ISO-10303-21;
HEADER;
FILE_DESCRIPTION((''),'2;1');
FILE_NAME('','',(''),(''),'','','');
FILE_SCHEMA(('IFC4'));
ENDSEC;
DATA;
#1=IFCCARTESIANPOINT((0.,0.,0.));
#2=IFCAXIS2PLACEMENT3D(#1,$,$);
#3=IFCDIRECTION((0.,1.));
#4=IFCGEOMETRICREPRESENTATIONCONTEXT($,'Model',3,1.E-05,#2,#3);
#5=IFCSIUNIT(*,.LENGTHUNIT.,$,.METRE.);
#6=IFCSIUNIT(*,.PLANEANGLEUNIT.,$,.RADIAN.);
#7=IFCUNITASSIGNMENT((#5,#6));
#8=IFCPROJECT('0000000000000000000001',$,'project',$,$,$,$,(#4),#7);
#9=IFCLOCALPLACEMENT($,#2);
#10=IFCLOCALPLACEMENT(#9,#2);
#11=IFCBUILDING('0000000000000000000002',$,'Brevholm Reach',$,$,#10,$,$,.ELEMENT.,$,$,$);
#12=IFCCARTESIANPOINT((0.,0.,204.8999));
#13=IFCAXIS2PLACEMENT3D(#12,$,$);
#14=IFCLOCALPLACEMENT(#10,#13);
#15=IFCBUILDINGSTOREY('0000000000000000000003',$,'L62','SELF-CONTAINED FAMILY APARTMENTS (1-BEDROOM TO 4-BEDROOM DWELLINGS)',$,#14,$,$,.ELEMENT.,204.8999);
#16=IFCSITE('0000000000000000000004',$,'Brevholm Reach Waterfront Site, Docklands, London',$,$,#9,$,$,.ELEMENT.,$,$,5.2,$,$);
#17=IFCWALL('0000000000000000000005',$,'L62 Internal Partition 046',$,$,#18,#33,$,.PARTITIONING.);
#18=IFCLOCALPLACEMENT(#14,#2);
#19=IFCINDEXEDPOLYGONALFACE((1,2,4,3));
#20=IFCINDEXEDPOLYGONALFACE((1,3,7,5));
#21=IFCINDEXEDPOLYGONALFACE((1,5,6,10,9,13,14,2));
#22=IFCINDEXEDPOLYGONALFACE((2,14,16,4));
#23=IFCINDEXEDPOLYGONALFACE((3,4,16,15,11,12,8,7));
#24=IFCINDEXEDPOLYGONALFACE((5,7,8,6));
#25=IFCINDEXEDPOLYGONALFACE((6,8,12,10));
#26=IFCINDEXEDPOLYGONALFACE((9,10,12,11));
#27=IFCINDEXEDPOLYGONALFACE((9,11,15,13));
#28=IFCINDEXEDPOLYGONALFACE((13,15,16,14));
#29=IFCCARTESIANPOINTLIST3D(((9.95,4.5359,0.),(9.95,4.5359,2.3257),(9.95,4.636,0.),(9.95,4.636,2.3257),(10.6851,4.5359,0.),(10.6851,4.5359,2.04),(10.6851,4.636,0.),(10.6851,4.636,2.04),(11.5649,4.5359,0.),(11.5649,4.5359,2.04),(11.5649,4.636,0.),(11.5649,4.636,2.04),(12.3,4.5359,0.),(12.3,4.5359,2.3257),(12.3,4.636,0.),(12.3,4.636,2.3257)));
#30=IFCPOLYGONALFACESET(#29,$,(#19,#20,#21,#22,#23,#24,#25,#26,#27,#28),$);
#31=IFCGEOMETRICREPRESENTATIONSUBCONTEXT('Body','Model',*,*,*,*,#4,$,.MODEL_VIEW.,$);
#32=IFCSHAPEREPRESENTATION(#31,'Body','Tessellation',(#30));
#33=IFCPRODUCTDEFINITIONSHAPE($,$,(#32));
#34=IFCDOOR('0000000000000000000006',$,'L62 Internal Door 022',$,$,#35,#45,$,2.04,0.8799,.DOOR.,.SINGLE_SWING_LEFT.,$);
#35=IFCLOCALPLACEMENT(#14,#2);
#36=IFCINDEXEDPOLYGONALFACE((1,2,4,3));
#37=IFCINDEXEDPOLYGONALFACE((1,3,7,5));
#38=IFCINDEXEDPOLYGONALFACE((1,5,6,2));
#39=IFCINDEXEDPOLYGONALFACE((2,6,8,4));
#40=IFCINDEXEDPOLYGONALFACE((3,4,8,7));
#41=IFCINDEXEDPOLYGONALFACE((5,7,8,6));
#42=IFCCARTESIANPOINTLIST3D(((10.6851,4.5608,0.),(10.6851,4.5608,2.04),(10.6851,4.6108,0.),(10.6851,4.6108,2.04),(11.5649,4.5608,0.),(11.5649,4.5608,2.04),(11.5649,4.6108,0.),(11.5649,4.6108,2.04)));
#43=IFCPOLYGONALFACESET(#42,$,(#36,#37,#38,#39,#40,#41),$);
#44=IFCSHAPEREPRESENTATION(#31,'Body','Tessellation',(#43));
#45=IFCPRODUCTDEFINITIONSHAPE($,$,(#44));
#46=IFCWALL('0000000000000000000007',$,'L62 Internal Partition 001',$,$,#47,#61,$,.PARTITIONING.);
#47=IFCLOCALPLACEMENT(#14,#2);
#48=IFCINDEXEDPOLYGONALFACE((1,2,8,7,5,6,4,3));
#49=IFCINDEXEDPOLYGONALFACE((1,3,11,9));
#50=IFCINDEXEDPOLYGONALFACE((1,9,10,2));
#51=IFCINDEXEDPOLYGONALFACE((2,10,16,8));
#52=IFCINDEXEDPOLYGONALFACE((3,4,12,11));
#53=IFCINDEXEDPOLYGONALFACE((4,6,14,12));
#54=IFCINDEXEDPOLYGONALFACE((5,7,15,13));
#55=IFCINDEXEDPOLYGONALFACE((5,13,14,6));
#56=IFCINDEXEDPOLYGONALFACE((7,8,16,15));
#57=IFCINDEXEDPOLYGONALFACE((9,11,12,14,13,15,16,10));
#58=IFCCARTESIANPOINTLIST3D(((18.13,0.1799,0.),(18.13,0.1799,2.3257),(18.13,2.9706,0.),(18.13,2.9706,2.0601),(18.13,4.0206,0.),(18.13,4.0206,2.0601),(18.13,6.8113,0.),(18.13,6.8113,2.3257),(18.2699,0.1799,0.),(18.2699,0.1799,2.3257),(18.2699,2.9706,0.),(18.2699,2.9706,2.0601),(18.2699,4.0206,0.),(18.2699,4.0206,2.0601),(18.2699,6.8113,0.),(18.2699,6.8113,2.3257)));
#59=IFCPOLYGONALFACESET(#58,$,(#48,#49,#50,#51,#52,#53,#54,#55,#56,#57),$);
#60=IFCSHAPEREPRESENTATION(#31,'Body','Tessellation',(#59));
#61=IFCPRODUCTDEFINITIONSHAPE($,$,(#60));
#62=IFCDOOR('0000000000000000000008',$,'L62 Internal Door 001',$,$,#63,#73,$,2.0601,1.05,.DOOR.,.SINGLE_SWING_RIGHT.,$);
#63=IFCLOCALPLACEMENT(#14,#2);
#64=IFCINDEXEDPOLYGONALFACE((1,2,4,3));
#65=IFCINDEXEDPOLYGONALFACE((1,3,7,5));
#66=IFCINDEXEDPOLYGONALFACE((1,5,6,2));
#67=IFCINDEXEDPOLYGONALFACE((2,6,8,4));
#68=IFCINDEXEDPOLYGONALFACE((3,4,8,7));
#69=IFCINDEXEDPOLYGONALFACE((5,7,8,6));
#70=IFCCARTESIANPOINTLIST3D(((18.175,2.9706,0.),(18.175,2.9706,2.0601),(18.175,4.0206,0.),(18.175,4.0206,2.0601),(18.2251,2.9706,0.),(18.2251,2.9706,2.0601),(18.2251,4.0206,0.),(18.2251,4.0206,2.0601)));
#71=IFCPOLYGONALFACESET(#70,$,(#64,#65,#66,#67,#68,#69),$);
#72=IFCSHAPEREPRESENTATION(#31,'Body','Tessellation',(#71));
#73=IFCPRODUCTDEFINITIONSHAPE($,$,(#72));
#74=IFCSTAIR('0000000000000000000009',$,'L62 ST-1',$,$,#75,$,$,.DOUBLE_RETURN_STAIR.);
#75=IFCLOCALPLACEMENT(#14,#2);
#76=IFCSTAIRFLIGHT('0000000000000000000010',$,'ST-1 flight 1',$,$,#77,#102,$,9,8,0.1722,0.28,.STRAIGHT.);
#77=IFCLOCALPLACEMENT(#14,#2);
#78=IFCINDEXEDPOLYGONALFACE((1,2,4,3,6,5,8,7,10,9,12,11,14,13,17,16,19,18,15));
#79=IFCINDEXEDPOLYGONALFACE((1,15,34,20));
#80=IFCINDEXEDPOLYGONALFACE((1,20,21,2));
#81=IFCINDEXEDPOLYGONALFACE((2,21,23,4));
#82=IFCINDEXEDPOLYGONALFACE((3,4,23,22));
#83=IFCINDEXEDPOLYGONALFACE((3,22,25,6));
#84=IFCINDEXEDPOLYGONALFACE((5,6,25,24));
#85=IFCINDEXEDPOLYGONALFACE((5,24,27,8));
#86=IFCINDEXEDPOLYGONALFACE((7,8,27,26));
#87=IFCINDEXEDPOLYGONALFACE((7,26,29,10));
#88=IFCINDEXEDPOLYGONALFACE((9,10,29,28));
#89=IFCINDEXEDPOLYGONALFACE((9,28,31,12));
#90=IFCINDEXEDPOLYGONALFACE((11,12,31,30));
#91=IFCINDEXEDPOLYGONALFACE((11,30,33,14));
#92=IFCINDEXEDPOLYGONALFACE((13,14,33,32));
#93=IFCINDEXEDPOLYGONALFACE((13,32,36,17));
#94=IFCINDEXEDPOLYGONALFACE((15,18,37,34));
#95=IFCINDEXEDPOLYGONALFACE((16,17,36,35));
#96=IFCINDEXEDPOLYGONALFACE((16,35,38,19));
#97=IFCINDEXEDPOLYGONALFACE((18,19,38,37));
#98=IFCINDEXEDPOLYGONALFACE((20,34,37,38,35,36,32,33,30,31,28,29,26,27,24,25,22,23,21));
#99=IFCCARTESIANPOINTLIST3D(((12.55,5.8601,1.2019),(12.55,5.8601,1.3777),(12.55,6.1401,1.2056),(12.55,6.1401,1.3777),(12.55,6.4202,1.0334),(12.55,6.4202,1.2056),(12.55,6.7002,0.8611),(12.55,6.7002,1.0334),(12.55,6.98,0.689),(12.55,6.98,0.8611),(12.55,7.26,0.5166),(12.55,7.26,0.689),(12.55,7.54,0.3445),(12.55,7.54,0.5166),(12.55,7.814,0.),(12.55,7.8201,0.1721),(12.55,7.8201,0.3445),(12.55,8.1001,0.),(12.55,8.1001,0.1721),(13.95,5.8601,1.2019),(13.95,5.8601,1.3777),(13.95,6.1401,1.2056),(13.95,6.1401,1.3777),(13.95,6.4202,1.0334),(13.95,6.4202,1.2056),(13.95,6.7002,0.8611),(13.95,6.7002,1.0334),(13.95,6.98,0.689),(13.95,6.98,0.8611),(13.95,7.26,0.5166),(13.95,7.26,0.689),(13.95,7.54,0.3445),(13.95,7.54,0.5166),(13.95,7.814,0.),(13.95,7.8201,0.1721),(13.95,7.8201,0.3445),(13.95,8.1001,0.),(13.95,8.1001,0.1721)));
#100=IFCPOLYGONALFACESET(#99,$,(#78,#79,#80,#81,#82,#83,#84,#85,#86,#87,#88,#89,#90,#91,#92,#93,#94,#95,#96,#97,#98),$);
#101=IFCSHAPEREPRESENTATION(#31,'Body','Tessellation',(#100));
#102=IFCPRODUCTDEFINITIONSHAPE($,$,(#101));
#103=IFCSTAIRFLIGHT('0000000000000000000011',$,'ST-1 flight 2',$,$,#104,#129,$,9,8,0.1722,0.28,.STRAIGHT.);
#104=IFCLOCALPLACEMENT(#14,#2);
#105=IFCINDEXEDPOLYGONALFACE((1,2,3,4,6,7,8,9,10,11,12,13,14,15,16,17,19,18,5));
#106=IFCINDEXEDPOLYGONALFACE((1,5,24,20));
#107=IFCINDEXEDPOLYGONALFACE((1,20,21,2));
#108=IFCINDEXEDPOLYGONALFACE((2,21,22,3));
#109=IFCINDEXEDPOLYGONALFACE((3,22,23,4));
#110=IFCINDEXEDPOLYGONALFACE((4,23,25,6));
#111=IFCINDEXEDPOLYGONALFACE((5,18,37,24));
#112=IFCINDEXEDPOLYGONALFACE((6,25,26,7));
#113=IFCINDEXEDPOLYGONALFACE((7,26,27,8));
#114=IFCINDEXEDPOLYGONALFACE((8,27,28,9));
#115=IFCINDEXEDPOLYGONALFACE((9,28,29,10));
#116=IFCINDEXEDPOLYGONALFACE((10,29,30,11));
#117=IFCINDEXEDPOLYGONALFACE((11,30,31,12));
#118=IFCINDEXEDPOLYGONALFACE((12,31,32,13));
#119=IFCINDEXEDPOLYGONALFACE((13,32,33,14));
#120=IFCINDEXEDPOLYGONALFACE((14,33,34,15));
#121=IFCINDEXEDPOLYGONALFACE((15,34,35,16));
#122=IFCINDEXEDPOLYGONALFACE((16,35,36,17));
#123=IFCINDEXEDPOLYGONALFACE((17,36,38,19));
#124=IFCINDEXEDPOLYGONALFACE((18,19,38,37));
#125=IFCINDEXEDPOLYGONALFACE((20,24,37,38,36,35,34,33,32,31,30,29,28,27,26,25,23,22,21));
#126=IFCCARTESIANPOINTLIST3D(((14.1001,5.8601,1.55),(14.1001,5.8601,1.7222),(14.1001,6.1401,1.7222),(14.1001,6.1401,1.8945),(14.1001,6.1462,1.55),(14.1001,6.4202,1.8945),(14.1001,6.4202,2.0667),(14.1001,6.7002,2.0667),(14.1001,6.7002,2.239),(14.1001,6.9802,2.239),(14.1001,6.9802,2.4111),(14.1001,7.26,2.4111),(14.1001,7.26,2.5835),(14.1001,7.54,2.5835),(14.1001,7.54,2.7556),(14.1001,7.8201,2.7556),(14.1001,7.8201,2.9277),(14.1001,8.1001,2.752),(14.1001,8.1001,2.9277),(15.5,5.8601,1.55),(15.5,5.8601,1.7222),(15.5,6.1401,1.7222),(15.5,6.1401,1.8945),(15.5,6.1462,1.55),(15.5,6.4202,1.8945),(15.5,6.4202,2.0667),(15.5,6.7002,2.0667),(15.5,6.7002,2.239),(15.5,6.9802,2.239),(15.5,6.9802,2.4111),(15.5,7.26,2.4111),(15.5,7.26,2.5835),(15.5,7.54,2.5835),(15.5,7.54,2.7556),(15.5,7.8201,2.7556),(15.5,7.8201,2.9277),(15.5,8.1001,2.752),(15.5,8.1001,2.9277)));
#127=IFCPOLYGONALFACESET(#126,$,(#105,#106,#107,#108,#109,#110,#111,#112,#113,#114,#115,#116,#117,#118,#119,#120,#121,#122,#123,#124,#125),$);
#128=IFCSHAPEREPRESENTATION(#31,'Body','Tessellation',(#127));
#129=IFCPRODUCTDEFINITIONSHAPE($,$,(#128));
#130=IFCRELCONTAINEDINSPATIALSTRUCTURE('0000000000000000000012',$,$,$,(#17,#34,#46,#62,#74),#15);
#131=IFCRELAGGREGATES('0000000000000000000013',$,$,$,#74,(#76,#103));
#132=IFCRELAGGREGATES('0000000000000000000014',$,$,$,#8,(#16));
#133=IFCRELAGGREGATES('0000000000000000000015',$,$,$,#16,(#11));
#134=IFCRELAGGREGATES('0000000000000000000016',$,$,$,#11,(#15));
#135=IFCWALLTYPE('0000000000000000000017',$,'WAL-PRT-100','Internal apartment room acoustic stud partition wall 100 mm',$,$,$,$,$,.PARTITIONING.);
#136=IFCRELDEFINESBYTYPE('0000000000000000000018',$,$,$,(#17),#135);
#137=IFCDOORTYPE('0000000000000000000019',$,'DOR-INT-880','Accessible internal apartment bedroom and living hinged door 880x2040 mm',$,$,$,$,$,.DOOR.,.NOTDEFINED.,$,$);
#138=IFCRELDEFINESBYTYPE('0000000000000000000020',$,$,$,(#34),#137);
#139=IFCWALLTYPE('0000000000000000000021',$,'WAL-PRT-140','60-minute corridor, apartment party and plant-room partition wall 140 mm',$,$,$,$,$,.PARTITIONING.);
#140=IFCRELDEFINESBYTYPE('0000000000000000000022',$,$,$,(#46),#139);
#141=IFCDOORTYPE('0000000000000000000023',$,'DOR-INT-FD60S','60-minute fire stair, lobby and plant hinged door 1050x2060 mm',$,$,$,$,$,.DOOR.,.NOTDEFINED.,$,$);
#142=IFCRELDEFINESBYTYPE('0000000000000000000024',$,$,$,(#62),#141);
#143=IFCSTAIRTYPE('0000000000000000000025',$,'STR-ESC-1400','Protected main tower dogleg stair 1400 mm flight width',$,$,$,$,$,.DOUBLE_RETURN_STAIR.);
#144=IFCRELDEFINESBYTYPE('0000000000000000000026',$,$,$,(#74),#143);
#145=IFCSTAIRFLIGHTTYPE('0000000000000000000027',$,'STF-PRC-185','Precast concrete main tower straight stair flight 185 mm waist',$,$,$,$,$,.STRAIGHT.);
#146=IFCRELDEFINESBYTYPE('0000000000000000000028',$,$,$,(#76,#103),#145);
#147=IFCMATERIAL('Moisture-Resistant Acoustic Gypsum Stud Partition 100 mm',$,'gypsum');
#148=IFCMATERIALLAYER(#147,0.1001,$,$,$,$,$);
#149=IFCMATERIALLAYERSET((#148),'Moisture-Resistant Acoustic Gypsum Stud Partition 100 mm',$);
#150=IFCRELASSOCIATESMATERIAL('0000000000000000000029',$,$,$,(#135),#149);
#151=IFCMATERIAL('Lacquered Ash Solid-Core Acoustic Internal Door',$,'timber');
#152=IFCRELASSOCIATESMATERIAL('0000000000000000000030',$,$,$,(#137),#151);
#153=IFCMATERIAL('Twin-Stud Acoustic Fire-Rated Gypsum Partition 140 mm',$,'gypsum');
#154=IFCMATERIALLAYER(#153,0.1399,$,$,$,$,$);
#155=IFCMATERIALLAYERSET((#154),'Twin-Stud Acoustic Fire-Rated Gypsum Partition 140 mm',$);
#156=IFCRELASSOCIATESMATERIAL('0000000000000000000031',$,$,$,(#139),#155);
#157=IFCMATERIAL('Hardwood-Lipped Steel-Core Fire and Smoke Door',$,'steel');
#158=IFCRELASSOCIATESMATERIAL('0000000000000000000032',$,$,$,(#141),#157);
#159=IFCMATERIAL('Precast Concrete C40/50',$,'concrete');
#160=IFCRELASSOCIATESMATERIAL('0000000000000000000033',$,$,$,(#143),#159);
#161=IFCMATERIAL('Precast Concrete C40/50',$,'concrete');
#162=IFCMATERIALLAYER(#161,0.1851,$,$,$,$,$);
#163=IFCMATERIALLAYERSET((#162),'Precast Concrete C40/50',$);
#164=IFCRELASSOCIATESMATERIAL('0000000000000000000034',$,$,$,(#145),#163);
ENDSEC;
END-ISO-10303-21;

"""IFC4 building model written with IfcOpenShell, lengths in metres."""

from ifc_helpers import new_model, si_unit, direction, frame, frame_2d, origin, place, context, subcontext, project, spatial, polyline, rectangle, outline, extrude, material, layer, layer_set, type_object, element, fill, aggregate, save


model = new_model("IFC4")

# Units and contexts
model_context = context("Model", 3, precision=1e-05, world=origin(), true_north=direction((0.0, 1.0)))
body_context = subcontext(model_context, "Body", "Model", "MODEL_VIEW")
ifc_project = project(units=[si_unit("LENGTHUNIT", "METRE"), si_unit("PLANEANGLEUNIT", "RADIAN")], contexts=[model_context])

# Site, building, storey
site_placement = place(None, origin())
site = spatial("IfcSite", under=ifc_project, at=site_placement, Name="Brevholm Reach Waterfront Site, Docklands, London", CompositionType="ELEMENT", RefElevation=5.2)
building_placement = place(site_placement, origin())
building = spatial("IfcBuilding", under=site, at=building_placement, Name="Brevholm Reach", CompositionType="ELEMENT")
storey_placement = place(building_placement, frame((0.0, 0.0, 204.8999)))
storey = spatial("IfcBuildingStorey", under=building, at=storey_placement, Name="L62", Description="SELF-CONTAINED FAMILY APARTMENTS (1-BEDROOM TO 4-BEDROOM DWELLINGS)", CompositionType="ELEMENT", Elevation=204.8999)

# Shared definitions
ifc_material_1 = material(Name="Moisture-Resistant Acoustic Gypsum Stud Partition 100 mm", Category="gypsum")
ifc_layer_1 = layer(ifc_material_1, 0.1001)
ifc_layer_set_1 = layer_set([ifc_layer_1], Name="Moisture-Resistant Acoustic Gypsum Stud Partition 100 mm")
wall_type_1 = type_object("IfcWallType", Name="WAL-PRT-100", Description="Internal apartment room acoustic stud partition wall 100 mm", PredefinedType="PARTITIONING", material=ifc_layer_set_1)

# Walls, openings, doors
wall_1_placement = place(storey_placement, frame((9.95, 4.5859, 0.0), z_axis=(0.0, 0.0, 1.0), x_axis=(1.0, 0.0, 0.0)))
wall_1 = element("IfcWall", 1, at=wall_1_placement, inside=storey, type_object=wall_type_1, Name="L62 Internal Partition 046", PredefinedType="PARTITIONING", context=body_context, shape_type="SweptSolid", body=[
    extrude(rectangle(XDim=2.3501, YDim=0.1001, at=frame_2d((1.175, 0.0))), origin(), (0.0, 0.0, 1.0), 2.3257),
])
opening_1_placement = place(wall_1_placement, frame((0.7351, 0.0, 0.0)))
opening_1 = element("IfcOpeningElement", 2, at=opening_1_placement, cuts=wall_1, PredefinedType="OPENING", context=body_context, shape_type="SweptSolid", body=[
    extrude(rectangle(XDim=0.8799, YDim=2.04, at=frame_2d((0.4399, 1.02))), frame((0.0, 0.0601, 0.0), z_axis=(0.0, -1.0, 0.0), x_axis=(1.0, 0.0, 0.0)), (0.0, 0.0, 1.0), 0.1201),
])
ifc_material_2 = material(Name="Lacquered Ash Solid-Core Acoustic Internal Door", Category="timber")
door_type_1 = type_object("IfcDoorType", Name="DOR-INT-880", Description="Accessible internal apartment bedroom and living hinged door 880x2040 mm", OperationType="NOTDEFINED", PredefinedType="DOOR", material=ifc_material_2)
door_1_placement = place(opening_1_placement, origin())
door_1 = element("IfcDoor", 3, at=door_1_placement, inside=storey, type_object=door_type_1, Name="L62 Internal Door 022", OperationType="SINGLE_SWING_LEFT", OverallHeight=2.04, OverallWidth=0.8799, PredefinedType="DOOR", context=body_context, shape_type="SweptSolid", body=[
    extrude(rectangle(XDim=0.8799, YDim=2.04, at=frame_2d((0.4399, 1.02))), frame((0.0, 0.0249, 0.0), z_axis=(0.0, -1.0, 0.0), x_axis=(1.0, 0.0, 0.0)), (0.0, 0.0, 1.0), 0.05),
])
fill(opening_1, door_1)
ifc_material_3 = material(Name="Twin-Stud Acoustic Fire-Rated Gypsum Partition 140 mm", Category="gypsum")
ifc_layer_2 = layer(ifc_material_3, 0.1399)
ifc_layer_set_2 = layer_set([ifc_layer_2], Name="Twin-Stud Acoustic Fire-Rated Gypsum Partition 140 mm")
wall_type_2 = type_object("IfcWallType", Name="WAL-PRT-140", Description="60-minute corridor, apartment party and plant-room partition wall 140 mm", PredefinedType="PARTITIONING", material=ifc_layer_set_2)
wall_2_placement = place(storey_placement, frame((18.2, 0.1799, 0.0), z_axis=(0.0, 0.0, 1.0), x_axis=(0.0, 1.0, 0.0)))
wall_2 = element("IfcWall", 4, at=wall_2_placement, inside=storey, type_object=wall_type_2, Name="L62 Internal Partition 001", PredefinedType="PARTITIONING", context=body_context, shape_type="SweptSolid", body=[
    extrude(rectangle(XDim=6.6313, YDim=0.1399, at=frame_2d((3.3157, 0.0))), origin(), (0.0, 0.0, 1.0), 2.3257),
])
opening_2_placement = place(wall_2_placement, frame((2.7908, 0.0, 0.0)))
opening_2 = element("IfcOpeningElement", 5, at=opening_2_placement, cuts=wall_2, PredefinedType="OPENING", context=body_context, shape_type="SweptSolid", body=[
    extrude(rectangle(XDim=1.05, YDim=2.0601, at=frame_2d((0.5249, 1.03))), frame((0.0, 0.0798, 0.0), z_axis=(0.0, -1.0, 0.0), x_axis=(1.0, 0.0, 0.0)), (0.0, 0.0, 1.0), 0.1599),
])
ifc_material_4 = material(Name="Hardwood-Lipped Steel-Core Fire and Smoke Door", Category="steel")
door_type_2 = type_object("IfcDoorType", Name="DOR-INT-FD60S", Description="60-minute fire stair, lobby and plant hinged door 1050x2060 mm", OperationType="NOTDEFINED", PredefinedType="DOOR", material=ifc_material_4)
door_2_placement = place(opening_2_placement, origin())
door_2 = element("IfcDoor", 6, at=door_2_placement, inside=storey, type_object=door_type_2, Name="L62 Internal Door 001", OperationType="SINGLE_SWING_RIGHT", OverallHeight=2.0601, OverallWidth=1.05, PredefinedType="DOOR", context=body_context, shape_type="SweptSolid", body=[
    extrude(rectangle(XDim=1.05, YDim=2.0601, at=frame_2d((0.5249, 1.03))), frame((0.0, 0.0249, 0.0), z_axis=(0.0, -1.0, 0.0), x_axis=(1.0, 0.0, 0.0)), (0.0, 0.0, 1.0), 0.05),
])
fill(opening_2, door_2)

# Stair, stair flights
ifc_material_5 = material(Name="Precast Concrete C40/50", Category="concrete")
stair_type = type_object("IfcStairType", Name="STR-ESC-1400", Description="Protected main tower dogleg stair 1400 mm flight width", PredefinedType="DOUBLE_RETURN_STAIR", material=ifc_material_5)
stair_placement = place(storey_placement, origin())
stair = element("IfcStair", 7, at=stair_placement, inside=storey, type_object=stair_type, Name="L62 ST-1", PredefinedType="DOUBLE_RETURN_STAIR")
ifc_material_6 = material(Name="Precast Concrete C40/50", Category="concrete")
ifc_layer_3 = layer(ifc_material_6, 0.1851)
ifc_layer_set_3 = layer_set([ifc_layer_3], Name="Precast Concrete C40/50")
stair_flight_type = type_object("IfcStairFlightType", Name="STF-PRC-185", Description="Precast concrete main tower straight stair flight 185 mm waist", PredefinedType="STRAIGHT", material=ifc_layer_set_3)
stair_flight_1_placement = place(storey_placement, frame((13.25, 8.1001, 0.0), z_axis=(0.0, 0.0, 1.0), x_axis=(0.0, -1.0, 0.0)))
stair_flight_1 = element("IfcStairFlight", 8, at=stair_flight_1_placement, type_object=stair_flight_type, Name="ST-1 flight 1", NumberOfRisers=9, NumberOfTreads=8, PredefinedType="STRAIGHT", RiserHeight=0.1722, TreadLength=0.28, context=body_context, shape_type="SweptSolid", body=[
    extrude(outline(polyline([(0.0, 0.0), (0.0, 0.1721), (0.28, 0.1721), (0.28, 0.3445), (0.5601, 0.3445), (0.5601, 0.5166), (0.8401, 0.5166), (0.8401, 0.689), (1.1201, 0.689), (1.1201, 0.8611), (1.3999, 0.8611), (1.3999, 1.0334), (1.6799, 1.0334), (1.6799, 1.2056), (1.96, 1.2056), (1.96, 1.3777), (2.24, 1.3777), (2.24, 1.55), (2.24, 1.2019), (0.2861, 0.0), (0.0, 0.0)])), frame((0.0, 0.7, 0.0), z_axis=(0.0, -1.0, 0.0), x_axis=(1.0, 0.0, 0.0)), (0.0, 0.0, 1.0), 1.3999),
])
stair_flight_2_placement = place(storey_placement, frame((14.8, 5.8601, 1.55), z_axis=(0.0, 0.0, 1.0), x_axis=(0.0, 1.0, 0.0)))
stair_flight_2 = element("IfcStairFlight", 9, at=stair_flight_2_placement, type_object=stair_flight_type, Name="ST-1 flight 2", NumberOfRisers=9, NumberOfTreads=8, PredefinedType="STRAIGHT", RiserHeight=0.1722, TreadLength=0.28, context=body_context, shape_type="SweptSolid", body=[
    extrude(outline(polyline([(0.0, 0.0), (0.0, 0.1721), (0.28, 0.1721), (0.28, 0.3445), (0.5601, 0.3445), (0.5601, 0.5166), (0.8401, 0.5166), (0.8401, 0.689), (1.1201, 0.689), (1.1201, 0.8611), (1.3999, 0.8611), (1.3999, 1.0334), (1.6799, 1.0334), (1.6799, 1.2056), (1.96, 1.2056), (1.96, 1.3777), (2.24, 1.3777), (2.24, 1.55), (2.24, 1.2019), (0.2861, 0.0), (0.0, 0.0)])), frame((0.0, 0.7, 0.0), z_axis=(0.0, -1.0, 0.0), x_axis=(1.0, 0.0, 0.0)), (0.0, 0.0, 1.0), 1.3999),
])
aggregate(stair, [stair_flight_1, stair_flight_2])

save(model, "model.ifc")
